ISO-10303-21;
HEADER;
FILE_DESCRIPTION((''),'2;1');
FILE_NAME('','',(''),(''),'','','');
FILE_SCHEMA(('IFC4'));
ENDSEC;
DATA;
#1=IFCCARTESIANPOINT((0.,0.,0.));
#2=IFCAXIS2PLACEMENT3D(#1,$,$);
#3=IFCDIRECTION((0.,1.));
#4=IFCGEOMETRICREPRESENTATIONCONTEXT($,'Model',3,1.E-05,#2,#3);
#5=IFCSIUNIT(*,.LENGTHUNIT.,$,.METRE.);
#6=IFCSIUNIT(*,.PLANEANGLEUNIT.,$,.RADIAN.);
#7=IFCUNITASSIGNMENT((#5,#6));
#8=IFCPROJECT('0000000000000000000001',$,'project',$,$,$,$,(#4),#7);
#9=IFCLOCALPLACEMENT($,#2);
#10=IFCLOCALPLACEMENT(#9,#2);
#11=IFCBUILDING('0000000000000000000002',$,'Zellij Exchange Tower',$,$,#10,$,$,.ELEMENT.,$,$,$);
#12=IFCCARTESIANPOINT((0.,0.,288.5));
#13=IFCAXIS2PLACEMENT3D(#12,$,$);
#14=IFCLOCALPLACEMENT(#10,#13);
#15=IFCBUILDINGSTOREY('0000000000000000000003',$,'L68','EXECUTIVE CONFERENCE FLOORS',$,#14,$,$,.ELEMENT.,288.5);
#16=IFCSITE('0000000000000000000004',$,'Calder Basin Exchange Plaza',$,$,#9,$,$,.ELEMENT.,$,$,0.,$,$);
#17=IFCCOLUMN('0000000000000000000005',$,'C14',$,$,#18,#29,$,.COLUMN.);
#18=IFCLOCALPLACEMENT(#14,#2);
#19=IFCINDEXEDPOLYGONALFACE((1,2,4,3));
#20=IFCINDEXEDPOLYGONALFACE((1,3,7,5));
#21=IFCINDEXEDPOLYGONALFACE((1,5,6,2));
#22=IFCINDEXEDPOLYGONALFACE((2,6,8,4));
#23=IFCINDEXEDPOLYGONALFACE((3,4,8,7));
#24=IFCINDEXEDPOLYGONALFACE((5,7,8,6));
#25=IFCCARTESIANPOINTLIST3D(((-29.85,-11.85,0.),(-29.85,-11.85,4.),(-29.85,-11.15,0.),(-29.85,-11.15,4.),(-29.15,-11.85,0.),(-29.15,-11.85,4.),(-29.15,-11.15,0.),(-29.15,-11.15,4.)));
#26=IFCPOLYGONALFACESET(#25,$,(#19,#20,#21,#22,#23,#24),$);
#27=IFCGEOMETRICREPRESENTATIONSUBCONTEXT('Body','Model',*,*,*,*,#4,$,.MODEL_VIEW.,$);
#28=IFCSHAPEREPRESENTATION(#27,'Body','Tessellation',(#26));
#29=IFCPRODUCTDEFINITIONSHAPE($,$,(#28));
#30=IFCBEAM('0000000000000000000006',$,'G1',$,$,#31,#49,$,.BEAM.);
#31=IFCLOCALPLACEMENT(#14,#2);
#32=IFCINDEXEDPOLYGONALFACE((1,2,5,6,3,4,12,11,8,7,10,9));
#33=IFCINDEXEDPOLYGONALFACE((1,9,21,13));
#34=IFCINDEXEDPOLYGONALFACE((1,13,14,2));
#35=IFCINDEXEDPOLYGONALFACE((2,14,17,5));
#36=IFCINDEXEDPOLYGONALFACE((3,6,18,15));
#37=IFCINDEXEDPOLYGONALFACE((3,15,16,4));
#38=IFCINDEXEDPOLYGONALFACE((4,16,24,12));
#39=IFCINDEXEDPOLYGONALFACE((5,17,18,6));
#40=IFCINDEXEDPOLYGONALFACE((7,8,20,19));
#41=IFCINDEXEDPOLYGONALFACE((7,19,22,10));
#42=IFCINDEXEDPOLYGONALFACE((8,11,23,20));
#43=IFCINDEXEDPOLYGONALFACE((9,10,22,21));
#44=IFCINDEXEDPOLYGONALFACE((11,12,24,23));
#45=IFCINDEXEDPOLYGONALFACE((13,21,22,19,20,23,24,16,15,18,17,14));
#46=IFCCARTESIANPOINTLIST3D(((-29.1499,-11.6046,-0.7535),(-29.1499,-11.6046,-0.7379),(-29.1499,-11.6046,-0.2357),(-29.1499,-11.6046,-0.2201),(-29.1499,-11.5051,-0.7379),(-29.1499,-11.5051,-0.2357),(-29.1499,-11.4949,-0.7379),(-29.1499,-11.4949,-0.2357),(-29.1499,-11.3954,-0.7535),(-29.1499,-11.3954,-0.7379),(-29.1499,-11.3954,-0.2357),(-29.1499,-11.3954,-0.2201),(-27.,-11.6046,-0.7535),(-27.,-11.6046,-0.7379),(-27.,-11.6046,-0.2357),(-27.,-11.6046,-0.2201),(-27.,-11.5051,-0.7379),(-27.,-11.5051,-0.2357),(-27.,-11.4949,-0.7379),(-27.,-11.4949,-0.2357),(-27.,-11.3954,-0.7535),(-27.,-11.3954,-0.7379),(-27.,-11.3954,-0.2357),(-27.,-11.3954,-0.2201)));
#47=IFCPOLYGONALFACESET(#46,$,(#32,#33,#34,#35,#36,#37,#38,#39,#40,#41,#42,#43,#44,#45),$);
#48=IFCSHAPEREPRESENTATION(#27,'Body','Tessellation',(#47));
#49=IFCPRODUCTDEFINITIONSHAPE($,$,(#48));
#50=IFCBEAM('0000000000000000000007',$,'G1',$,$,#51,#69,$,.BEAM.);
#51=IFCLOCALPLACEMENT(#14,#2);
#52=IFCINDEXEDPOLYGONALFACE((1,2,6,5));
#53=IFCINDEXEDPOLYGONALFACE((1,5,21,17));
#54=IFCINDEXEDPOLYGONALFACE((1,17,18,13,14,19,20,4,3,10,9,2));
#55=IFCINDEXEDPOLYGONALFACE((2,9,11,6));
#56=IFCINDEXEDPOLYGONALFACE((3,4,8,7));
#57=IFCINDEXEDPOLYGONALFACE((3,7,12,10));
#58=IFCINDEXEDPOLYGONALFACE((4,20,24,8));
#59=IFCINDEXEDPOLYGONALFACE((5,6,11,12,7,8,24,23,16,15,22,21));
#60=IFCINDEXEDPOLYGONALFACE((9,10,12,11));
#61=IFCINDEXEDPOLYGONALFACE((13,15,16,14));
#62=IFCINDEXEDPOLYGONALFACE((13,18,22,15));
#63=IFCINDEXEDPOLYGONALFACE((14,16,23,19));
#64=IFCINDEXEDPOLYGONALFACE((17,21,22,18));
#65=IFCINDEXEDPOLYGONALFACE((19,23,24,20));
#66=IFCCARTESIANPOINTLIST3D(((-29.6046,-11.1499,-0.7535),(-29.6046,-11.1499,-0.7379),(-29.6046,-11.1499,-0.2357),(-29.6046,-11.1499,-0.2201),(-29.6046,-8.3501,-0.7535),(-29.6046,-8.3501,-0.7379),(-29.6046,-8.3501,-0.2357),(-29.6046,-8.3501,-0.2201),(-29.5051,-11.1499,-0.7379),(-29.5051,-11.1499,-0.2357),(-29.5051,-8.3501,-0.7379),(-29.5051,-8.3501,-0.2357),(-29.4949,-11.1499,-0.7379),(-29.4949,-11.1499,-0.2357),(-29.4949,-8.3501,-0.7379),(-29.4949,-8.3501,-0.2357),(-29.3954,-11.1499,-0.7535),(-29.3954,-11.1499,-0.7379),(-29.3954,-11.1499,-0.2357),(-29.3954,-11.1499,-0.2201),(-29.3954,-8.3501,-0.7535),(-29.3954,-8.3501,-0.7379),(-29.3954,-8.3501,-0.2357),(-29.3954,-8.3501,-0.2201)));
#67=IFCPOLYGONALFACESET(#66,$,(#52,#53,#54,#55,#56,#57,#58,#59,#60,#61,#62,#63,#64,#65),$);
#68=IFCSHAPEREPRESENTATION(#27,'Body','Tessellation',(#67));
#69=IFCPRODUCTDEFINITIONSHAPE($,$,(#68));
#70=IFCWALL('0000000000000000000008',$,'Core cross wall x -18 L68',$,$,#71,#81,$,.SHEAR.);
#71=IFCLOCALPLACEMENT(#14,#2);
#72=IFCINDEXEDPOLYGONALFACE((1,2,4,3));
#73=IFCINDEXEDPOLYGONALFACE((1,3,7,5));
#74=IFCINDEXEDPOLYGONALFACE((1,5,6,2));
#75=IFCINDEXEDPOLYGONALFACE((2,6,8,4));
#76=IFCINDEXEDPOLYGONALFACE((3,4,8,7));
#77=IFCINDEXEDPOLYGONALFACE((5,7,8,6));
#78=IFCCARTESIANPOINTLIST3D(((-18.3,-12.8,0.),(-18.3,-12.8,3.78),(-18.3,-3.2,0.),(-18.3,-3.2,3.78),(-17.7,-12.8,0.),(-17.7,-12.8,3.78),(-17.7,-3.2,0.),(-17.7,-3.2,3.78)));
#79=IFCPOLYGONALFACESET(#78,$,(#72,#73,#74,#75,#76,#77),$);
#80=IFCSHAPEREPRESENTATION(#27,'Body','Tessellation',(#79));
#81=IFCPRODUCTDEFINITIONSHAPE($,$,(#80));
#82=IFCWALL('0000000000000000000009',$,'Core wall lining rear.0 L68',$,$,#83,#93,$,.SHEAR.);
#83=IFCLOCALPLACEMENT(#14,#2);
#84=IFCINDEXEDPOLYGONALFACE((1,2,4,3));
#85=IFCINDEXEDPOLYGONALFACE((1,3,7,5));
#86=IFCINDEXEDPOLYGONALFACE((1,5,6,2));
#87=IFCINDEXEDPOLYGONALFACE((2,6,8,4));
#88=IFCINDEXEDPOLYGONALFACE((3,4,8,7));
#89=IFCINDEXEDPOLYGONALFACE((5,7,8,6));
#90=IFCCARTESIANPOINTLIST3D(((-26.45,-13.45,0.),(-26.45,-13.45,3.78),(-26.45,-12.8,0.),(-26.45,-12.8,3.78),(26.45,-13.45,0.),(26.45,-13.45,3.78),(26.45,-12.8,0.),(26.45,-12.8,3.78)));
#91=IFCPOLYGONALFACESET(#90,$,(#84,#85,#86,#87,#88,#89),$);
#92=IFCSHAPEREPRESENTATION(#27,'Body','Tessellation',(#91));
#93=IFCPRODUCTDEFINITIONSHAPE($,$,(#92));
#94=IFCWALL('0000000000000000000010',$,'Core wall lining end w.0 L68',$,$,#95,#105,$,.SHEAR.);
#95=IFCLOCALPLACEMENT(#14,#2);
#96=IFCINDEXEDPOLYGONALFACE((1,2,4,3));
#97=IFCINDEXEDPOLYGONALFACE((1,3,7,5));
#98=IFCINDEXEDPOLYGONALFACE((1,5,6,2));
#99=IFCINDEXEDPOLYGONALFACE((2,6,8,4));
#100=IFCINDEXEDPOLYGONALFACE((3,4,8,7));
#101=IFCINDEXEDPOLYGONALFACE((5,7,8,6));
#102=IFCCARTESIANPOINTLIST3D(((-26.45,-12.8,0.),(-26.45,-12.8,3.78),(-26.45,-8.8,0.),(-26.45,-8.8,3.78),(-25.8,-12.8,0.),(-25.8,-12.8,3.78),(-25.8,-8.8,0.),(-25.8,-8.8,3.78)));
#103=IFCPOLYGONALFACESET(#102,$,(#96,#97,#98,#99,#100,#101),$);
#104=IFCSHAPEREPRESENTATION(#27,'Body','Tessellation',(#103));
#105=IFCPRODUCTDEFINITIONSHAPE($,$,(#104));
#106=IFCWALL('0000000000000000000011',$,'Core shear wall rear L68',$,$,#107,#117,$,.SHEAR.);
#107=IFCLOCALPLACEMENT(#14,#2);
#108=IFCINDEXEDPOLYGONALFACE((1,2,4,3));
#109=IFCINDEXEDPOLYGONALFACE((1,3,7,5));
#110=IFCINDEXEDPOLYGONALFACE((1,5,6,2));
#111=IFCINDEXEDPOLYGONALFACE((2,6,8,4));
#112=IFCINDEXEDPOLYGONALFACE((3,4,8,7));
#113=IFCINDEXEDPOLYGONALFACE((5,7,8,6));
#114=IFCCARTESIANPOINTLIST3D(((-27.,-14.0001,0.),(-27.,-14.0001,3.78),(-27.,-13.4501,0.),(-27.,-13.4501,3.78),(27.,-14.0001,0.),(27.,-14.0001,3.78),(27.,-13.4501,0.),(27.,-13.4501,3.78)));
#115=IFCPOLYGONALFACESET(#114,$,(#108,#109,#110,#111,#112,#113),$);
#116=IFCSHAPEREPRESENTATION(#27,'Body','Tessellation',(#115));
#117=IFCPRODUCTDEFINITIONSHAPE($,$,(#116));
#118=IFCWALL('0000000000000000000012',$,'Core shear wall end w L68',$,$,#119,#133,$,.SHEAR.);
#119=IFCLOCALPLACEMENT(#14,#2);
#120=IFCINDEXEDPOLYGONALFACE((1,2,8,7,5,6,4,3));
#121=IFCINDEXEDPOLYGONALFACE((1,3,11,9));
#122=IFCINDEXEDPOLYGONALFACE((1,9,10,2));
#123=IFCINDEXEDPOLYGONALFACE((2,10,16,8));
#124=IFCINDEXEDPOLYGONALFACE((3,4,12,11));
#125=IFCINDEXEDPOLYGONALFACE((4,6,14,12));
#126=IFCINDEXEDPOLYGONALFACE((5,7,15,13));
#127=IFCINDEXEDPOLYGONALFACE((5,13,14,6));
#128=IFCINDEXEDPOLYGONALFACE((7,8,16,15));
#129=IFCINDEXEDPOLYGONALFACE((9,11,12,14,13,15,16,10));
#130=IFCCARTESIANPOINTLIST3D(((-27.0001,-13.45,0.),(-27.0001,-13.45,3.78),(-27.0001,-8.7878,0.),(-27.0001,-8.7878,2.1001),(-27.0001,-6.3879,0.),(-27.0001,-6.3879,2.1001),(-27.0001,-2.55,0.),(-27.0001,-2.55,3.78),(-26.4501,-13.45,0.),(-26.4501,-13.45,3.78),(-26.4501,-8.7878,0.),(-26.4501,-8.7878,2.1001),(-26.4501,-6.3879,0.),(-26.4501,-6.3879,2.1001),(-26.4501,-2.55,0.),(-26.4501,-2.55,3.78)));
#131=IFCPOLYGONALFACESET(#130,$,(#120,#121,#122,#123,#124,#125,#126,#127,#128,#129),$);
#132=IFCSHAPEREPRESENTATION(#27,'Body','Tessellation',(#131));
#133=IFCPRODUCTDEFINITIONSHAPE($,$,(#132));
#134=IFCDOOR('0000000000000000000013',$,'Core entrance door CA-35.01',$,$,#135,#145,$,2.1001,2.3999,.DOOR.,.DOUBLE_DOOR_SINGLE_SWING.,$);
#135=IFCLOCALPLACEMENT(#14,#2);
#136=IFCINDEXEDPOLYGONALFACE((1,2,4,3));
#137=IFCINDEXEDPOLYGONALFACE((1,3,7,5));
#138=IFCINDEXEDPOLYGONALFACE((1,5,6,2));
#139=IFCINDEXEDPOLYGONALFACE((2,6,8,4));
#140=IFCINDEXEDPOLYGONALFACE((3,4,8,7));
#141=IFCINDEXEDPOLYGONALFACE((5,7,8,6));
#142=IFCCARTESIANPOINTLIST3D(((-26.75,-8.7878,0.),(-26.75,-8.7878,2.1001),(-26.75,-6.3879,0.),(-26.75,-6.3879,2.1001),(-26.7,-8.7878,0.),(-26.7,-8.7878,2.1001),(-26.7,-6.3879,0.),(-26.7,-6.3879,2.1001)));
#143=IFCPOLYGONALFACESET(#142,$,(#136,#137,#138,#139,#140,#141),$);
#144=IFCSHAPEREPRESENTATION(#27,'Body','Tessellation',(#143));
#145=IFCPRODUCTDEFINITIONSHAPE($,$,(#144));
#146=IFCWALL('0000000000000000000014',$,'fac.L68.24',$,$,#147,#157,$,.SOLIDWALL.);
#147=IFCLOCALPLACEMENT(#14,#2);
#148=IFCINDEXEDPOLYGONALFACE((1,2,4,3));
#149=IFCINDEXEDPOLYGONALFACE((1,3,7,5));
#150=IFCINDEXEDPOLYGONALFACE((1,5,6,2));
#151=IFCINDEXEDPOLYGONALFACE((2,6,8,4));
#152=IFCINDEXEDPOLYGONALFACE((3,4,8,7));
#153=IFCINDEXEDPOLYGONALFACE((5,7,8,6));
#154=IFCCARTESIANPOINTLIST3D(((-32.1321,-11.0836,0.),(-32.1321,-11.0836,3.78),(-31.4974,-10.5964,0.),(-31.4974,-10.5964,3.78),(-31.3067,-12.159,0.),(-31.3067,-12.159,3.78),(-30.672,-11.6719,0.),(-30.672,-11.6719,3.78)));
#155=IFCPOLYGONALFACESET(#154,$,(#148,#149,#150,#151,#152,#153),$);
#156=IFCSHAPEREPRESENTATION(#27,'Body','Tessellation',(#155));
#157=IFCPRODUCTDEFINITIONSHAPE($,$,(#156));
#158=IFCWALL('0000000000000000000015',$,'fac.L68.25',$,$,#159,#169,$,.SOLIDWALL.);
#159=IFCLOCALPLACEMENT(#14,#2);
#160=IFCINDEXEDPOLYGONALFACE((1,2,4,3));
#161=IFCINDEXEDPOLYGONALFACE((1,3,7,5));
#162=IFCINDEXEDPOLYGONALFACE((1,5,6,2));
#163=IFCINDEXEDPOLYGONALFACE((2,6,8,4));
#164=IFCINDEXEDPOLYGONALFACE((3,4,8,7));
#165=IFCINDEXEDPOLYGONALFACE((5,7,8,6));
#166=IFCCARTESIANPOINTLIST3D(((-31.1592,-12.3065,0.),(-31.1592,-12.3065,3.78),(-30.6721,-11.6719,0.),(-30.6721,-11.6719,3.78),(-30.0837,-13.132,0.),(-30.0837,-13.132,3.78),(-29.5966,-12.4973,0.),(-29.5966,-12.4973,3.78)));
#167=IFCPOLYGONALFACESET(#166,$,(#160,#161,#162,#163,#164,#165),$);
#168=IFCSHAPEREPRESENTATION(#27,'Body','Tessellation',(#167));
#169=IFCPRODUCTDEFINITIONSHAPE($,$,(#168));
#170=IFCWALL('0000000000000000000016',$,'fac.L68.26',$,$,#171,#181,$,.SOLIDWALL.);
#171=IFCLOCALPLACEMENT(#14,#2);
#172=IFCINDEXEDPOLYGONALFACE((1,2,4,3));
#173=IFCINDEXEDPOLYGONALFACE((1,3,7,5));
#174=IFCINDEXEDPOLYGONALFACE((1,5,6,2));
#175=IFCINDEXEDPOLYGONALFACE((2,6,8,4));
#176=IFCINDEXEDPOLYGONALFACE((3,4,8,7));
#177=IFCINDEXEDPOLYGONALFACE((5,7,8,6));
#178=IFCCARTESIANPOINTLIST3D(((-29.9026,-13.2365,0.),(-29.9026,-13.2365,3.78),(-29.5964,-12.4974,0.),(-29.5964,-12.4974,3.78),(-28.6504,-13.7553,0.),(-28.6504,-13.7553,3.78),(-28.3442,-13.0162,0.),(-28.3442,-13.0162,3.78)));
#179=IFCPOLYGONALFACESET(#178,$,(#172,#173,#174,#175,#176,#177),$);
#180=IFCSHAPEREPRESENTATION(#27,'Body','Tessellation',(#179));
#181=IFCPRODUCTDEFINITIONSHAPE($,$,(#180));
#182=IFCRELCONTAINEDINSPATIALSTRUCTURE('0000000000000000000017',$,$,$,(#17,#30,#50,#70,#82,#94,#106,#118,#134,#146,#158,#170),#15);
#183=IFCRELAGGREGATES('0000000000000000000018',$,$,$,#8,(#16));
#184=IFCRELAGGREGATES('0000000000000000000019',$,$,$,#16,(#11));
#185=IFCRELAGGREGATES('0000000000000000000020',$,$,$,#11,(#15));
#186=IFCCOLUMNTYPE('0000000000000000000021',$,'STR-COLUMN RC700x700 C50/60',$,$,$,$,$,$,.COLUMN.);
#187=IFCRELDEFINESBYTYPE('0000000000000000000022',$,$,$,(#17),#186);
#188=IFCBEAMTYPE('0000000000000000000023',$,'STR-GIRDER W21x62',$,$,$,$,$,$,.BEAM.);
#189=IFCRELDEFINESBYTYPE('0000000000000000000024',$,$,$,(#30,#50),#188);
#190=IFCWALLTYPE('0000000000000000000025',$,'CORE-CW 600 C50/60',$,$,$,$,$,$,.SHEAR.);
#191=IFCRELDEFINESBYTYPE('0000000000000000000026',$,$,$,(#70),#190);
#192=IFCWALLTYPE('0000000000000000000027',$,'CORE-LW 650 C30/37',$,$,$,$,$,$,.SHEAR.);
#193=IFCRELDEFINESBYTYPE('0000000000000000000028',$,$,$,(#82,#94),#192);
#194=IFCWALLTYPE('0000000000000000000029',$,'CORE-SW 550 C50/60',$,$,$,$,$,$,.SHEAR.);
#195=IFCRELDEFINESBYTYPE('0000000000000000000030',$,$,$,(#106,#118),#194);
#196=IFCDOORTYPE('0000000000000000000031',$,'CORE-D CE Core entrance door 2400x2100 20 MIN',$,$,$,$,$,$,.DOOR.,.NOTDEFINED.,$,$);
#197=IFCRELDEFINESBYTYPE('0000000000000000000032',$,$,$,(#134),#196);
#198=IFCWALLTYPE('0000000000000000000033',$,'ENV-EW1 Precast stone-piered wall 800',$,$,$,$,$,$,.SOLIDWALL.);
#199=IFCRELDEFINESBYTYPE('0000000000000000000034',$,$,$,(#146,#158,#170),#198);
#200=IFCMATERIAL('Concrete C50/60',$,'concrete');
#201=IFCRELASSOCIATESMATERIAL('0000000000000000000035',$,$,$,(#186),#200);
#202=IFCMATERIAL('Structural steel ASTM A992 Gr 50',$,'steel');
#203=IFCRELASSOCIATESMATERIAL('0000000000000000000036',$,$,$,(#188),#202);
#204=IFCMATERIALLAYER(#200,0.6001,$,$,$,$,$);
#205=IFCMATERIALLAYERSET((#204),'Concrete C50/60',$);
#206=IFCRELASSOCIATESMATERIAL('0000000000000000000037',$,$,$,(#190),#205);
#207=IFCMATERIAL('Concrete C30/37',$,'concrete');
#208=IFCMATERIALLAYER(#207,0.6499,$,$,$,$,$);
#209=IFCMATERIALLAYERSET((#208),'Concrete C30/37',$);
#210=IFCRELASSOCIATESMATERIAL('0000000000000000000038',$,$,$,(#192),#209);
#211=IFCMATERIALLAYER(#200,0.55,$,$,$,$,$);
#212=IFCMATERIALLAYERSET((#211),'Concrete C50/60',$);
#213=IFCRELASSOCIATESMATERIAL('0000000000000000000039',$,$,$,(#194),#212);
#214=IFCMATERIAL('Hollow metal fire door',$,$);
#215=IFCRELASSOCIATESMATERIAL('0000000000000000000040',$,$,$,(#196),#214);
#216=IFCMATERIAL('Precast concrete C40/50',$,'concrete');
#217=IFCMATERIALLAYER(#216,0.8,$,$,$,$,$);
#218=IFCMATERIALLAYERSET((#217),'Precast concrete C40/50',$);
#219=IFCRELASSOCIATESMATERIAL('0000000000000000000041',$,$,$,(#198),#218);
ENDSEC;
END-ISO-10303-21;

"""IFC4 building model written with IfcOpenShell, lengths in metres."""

from ifc_helpers import new_model, si_unit, direction, frame, frame_2d, origin, origin_2d, place, context, subcontext, project, spatial, rectangle, i_section, extrude, material, layer, layer_set, material_profile, profile_set, type_object, element, fill, save


model = new_model("IFC4")

# Units and contexts
model_context = context("Model", 3, precision=1e-05, world=origin(), true_north=direction((0.0, 1.0)))
body_context = subcontext(model_context, "Body", "Model", "MODEL_VIEW")
ifc_project = project(units=[si_unit("LENGTHUNIT", "METRE"), si_unit("PLANEANGLEUNIT", "RADIAN")], contexts=[model_context])

# Site, building, storey
site_placement = place(None, origin())
site = spatial("IfcSite", under=ifc_project, at=site_placement, Name="Calder Basin Exchange Plaza", CompositionType="ELEMENT", RefElevation=0.0)
building_placement = place(site_placement, origin())
building = spatial("IfcBuilding", under=site, at=building_placement, Name="Zellij Exchange Tower", CompositionType="ELEMENT")
storey_placement = place(building_placement, frame((0.0, 0.0, 288.5)))
storey = spatial("IfcBuildingStorey", under=building, at=storey_placement, Name="L68", Description="EXECUTIVE CONFERENCE FLOORS", CompositionType="ELEMENT", Elevation=288.5)

# Column
ifc_material_1 = material(Name="Concrete C50/60", Category="concrete")
ifc_material_profile_1 = material_profile(ifc_material_1, rectangle(XDim=0.7, YDim=0.7, at=origin_2d()), Name="STR-COLUMN RC700x700 C50/60")
ifc_profile_set_1 = profile_set([ifc_material_profile_1], Name="Concrete C50/60")
column_type = type_object("IfcColumnType", Name="STR-COLUMN RC700x700 C50/60", PredefinedType="COLUMN", material=ifc_profile_set_1)
column_placement = place(storey_placement, frame((-29.5, -11.5, 0.0), z_axis=(0.0, 0.0, 1.0), x_axis=(1.0, 0.0, 0.0)))
element("IfcColumn", 1, at=column_placement, inside=storey, type_object=column_type, Name="C14", PredefinedType="COLUMN", context=body_context, shape_type="SweptSolid", body=[
    extrude(rectangle(XDim=0.7, YDim=0.7, at=origin_2d()), origin(), (0.0, 0.0, 1.0), 4.0),
])

# Beams
ifc_material_2 = material(Name="Structural steel ASTM A992 Gr 50", Category="steel")
ifc_material_profile_2 = material_profile(ifc_material_2, i_section(OverallWidth=0.2092, OverallDepth=0.5334, WebThickness=0.0103, FlangeThickness=0.0156, at=origin_2d()), Name="W21x62")
ifc_profile_set_2 = profile_set([ifc_material_profile_2], Name="Structural steel ASTM A992 Gr 50")
beam_type = type_object("IfcBeamType", Name="STR-GIRDER W21x62", PredefinedType="BEAM", material=ifc_profile_set_2)
beam_1_placement = place(storey_placement, frame((-29.1499, -11.5, -0.4868), z_axis=(1.0, 0.0, 0.0), x_axis=(0.0, 1.0, 0.0)))
element("IfcBeam", 2, at=beam_1_placement, inside=storey, type_object=beam_type, Name="G1", PredefinedType="BEAM", context=body_context, shape_type="SweptSolid", body=[
    extrude(i_section(OverallWidth=0.2092, OverallDepth=0.5334, WebThickness=0.0103, FlangeThickness=0.0156, at=origin_2d()), origin(), (0.0, 0.0, 1.0), 2.1499),
])
beam_2_placement = place(storey_placement, frame((-29.5, -11.1499, -0.4868), z_axis=(0.0, 1.0, 0.0), x_axis=(-1.0, 0.0, 0.0)))
element("IfcBeam", 3, at=beam_2_placement, inside=storey, type_object=beam_type, Name="G1", PredefinedType="BEAM", context=body_context, shape_type="SweptSolid", body=[
    extrude(i_section(OverallWidth=0.2092, OverallDepth=0.5334, WebThickness=0.0103, FlangeThickness=0.0156, at=origin_2d()), origin(), (0.0, 0.0, 1.0), 2.7998),
])

# Walls
ifc_layer_1 = layer(ifc_material_1, 0.6001)
ifc_layer_set_1 = layer_set([ifc_layer_1], Name="Concrete C50/60")
wall_type_1 = type_object("IfcWallType", Name="CORE-CW 600 C50/60", PredefinedType="SHEAR", material=ifc_layer_set_1)
wall_1_placement = place(storey_placement, frame((-18.0, -12.8, 0.0), z_axis=(0.0, 0.0, 1.0), x_axis=(0.0, 1.0, 0.0)))
element("IfcWall", 4, at=wall_1_placement, inside=storey, type_object=wall_type_1, Name="Core cross wall x -18 L68", PredefinedType="SHEAR", context=body_context, shape_type="SweptSolid", body=[
    extrude(rectangle(XDim=9.6001, YDim=0.6001, at=frame_2d((4.8, 0.0))), origin(), (0.0, 0.0, 1.0), 3.78),
])
ifc_material_3 = material(Name="Concrete C30/37", Category="concrete")
ifc_layer_2 = layer(ifc_material_3, 0.6499)
ifc_layer_set_2 = layer_set([ifc_layer_2], Name="Concrete C30/37")
wall_type_2 = type_object("IfcWallType", Name="CORE-LW 650 C30/37", PredefinedType="SHEAR", material=ifc_layer_set_2)
wall_2_placement = place(storey_placement, frame((-26.45, -13.125, 0.0), z_axis=(0.0, 0.0, 1.0), x_axis=(1.0, 0.0, 0.0)))
element("IfcWall", 5, at=wall_2_placement, inside=storey, type_object=wall_type_2, Name="Core wall lining rear.0 L68", PredefinedType="SHEAR", context=body_context, shape_type="SweptSolid", body=[
    extrude(rectangle(XDim=52.8999, YDim=0.6499, at=frame_2d((26.45, 0.0))), origin(), (0.0, 0.0, 1.0), 3.78),
])
wall_3_placement = place(storey_placement, frame((-26.125, -12.8, 0.0), z_axis=(0.0, 0.0, 1.0), x_axis=(0.0, 1.0, 0.0)))
element("IfcWall", 6, at=wall_3_placement, inside=storey, type_object=wall_type_2, Name="Core wall lining end w.0 L68", PredefinedType="SHEAR", context=body_context, shape_type="SweptSolid", body=[
    extrude(rectangle(XDim=4.0, YDim=0.6499, at=frame_2d((2.0, 0.0))), origin(), (0.0, 0.0, 1.0), 3.78),
])
ifc_layer_3 = layer(ifc_material_1, 0.55)
ifc_layer_set_3 = layer_set([ifc_layer_3], Name="Concrete C50/60")
wall_type_3 = type_object("IfcWallType", Name="CORE-SW 550 C50/60", PredefinedType="SHEAR", material=ifc_layer_set_3)
wall_4_placement = place(storey_placement, frame((-27.0, -13.7251, 0.0), z_axis=(0.0, 0.0, 1.0), x_axis=(1.0, 0.0, 0.0)))
element("IfcWall", 7, at=wall_4_placement, inside=storey, type_object=wall_type_3, Name="Core shear wall rear L68", PredefinedType="SHEAR", context=body_context, shape_type="SweptSolid", body=[
    extrude(rectangle(XDim=54.0, YDim=0.55, at=frame_2d((27.0, 0.0))), origin(), (0.0, 0.0, 1.0), 3.78),
])

# Wall, opening, door
wall_5_placement = place(storey_placement, frame((-26.7251, -13.45, 0.0), z_axis=(0.0, 0.0, 1.0), x_axis=(0.0, 1.0, 0.0)))
wall_5 = element("IfcWall", 8, at=wall_5_placement, inside=storey, type_object=wall_type_3, Name="Core shear wall end w L68", PredefinedType="SHEAR", context=body_context, shape_type="SweptSolid", body=[
    extrude(rectangle(XDim=10.8999, YDim=0.55, at=frame_2d((5.45, 0.0))), origin(), (0.0, 0.0, 1.0), 3.78),
])
opening_placement = place(wall_5_placement, frame((4.6621, 0.0, 0.0)))
opening = element("IfcOpeningElement", 9, at=opening_placement, cuts=wall_5, PredefinedType="OPENING", context=body_context, shape_type="SweptSolid", body=[
    extrude(rectangle(XDim=2.3999, YDim=2.1001, at=frame_2d((1.2, 1.05))), frame((0.0, 0.2871, 0.0), z_axis=(0.0, -1.0, 0.0), x_axis=(1.0, 0.0, 0.0)), (0.0, 0.0, 1.0), 0.574),
])
ifc_material_4 = material(Name="Hollow metal fire door")
door_type = type_object("IfcDoorType", Name="CORE-D CE Core entrance door 2400x2100 20 MIN", OperationType="NOTDEFINED", PredefinedType="DOOR", material=ifc_material_4)
door_placement = place(opening_placement, origin())
door = element("IfcDoor", 10, at=door_placement, inside=storey, type_object=door_type, Name="Core entrance door CA-35.01", OperationType="DOUBLE_DOOR_SINGLE_SWING", OverallHeight=2.1001, OverallWidth=2.3999, PredefinedType="DOOR", context=body_context, shape_type="SweptSolid", body=[
    extrude(rectangle(XDim=2.3999, YDim=2.1001, at=frame_2d((1.2, 1.05))), frame((0.0, 0.0249, 0.0), z_axis=(0.0, -1.0, 0.0), x_axis=(1.0, 0.0, 0.0)), (0.0, 0.0, 1.0), 0.05),
])
fill(opening, door)

# Walls
ifc_material_5 = material(Name="Precast concrete C40/50", Category="concrete")
ifc_layer_4 = layer(ifc_material_5, 0.8)
ifc_layer_set_4 = layer_set([ifc_layer_4], Name="Precast concrete C40/50")
wall_type_4 = type_object("IfcWallType", Name="ENV-EW1 Precast stone-piered wall 800", PredefinedType="SOLIDWALL", material=ifc_layer_set_4)
for number, where, z_axis, x_axis, name in (
    (11, (-31.8147, -10.8401, 0.0), (0.0, 0.0, 1.0), (0.608866, -0.793273, 0.0), "fac.L68.24"),
    (12, (-30.9155, -11.9893, 0.0), (0.0, 0.0, 1.0), (0.793273, -0.608866, 0.0), "fac.L68.25"),
):
    element("IfcWall", number, at=place(storey_placement, frame(where, z_axis=z_axis, x_axis=x_axis)), inside=storey, type_object=wall_type_4, Name=name, PredefinedType="SOLIDWALL", context=body_context, shape_type="SweptSolid", body=[
        extrude(rectangle(XDim=1.3557, YDim=0.8, at=frame_2d((0.6777, 0.0))), origin(), (0.0, 0.0, 1.0), 3.78),
    ])
wall_6_placement = place(storey_placement, frame((-29.7495, -12.8669, 0.0), z_axis=(0.0, 0.0, 1.0), x_axis=(0.923848, -0.38276, 0.0)))
element("IfcWall", 13, at=wall_6_placement, inside=storey, type_object=wall_type_4, Name="fac.L68.26", PredefinedType="SOLIDWALL", context=body_context, shape_type="SweptSolid", body=[
    extrude(rectangle(XDim=1.3555, YDim=0.8, at=frame_2d((0.6777, 0.0))), origin(), (0.0, 0.0, 1.0), 3.78),
])

save(model, "model.ifc")
